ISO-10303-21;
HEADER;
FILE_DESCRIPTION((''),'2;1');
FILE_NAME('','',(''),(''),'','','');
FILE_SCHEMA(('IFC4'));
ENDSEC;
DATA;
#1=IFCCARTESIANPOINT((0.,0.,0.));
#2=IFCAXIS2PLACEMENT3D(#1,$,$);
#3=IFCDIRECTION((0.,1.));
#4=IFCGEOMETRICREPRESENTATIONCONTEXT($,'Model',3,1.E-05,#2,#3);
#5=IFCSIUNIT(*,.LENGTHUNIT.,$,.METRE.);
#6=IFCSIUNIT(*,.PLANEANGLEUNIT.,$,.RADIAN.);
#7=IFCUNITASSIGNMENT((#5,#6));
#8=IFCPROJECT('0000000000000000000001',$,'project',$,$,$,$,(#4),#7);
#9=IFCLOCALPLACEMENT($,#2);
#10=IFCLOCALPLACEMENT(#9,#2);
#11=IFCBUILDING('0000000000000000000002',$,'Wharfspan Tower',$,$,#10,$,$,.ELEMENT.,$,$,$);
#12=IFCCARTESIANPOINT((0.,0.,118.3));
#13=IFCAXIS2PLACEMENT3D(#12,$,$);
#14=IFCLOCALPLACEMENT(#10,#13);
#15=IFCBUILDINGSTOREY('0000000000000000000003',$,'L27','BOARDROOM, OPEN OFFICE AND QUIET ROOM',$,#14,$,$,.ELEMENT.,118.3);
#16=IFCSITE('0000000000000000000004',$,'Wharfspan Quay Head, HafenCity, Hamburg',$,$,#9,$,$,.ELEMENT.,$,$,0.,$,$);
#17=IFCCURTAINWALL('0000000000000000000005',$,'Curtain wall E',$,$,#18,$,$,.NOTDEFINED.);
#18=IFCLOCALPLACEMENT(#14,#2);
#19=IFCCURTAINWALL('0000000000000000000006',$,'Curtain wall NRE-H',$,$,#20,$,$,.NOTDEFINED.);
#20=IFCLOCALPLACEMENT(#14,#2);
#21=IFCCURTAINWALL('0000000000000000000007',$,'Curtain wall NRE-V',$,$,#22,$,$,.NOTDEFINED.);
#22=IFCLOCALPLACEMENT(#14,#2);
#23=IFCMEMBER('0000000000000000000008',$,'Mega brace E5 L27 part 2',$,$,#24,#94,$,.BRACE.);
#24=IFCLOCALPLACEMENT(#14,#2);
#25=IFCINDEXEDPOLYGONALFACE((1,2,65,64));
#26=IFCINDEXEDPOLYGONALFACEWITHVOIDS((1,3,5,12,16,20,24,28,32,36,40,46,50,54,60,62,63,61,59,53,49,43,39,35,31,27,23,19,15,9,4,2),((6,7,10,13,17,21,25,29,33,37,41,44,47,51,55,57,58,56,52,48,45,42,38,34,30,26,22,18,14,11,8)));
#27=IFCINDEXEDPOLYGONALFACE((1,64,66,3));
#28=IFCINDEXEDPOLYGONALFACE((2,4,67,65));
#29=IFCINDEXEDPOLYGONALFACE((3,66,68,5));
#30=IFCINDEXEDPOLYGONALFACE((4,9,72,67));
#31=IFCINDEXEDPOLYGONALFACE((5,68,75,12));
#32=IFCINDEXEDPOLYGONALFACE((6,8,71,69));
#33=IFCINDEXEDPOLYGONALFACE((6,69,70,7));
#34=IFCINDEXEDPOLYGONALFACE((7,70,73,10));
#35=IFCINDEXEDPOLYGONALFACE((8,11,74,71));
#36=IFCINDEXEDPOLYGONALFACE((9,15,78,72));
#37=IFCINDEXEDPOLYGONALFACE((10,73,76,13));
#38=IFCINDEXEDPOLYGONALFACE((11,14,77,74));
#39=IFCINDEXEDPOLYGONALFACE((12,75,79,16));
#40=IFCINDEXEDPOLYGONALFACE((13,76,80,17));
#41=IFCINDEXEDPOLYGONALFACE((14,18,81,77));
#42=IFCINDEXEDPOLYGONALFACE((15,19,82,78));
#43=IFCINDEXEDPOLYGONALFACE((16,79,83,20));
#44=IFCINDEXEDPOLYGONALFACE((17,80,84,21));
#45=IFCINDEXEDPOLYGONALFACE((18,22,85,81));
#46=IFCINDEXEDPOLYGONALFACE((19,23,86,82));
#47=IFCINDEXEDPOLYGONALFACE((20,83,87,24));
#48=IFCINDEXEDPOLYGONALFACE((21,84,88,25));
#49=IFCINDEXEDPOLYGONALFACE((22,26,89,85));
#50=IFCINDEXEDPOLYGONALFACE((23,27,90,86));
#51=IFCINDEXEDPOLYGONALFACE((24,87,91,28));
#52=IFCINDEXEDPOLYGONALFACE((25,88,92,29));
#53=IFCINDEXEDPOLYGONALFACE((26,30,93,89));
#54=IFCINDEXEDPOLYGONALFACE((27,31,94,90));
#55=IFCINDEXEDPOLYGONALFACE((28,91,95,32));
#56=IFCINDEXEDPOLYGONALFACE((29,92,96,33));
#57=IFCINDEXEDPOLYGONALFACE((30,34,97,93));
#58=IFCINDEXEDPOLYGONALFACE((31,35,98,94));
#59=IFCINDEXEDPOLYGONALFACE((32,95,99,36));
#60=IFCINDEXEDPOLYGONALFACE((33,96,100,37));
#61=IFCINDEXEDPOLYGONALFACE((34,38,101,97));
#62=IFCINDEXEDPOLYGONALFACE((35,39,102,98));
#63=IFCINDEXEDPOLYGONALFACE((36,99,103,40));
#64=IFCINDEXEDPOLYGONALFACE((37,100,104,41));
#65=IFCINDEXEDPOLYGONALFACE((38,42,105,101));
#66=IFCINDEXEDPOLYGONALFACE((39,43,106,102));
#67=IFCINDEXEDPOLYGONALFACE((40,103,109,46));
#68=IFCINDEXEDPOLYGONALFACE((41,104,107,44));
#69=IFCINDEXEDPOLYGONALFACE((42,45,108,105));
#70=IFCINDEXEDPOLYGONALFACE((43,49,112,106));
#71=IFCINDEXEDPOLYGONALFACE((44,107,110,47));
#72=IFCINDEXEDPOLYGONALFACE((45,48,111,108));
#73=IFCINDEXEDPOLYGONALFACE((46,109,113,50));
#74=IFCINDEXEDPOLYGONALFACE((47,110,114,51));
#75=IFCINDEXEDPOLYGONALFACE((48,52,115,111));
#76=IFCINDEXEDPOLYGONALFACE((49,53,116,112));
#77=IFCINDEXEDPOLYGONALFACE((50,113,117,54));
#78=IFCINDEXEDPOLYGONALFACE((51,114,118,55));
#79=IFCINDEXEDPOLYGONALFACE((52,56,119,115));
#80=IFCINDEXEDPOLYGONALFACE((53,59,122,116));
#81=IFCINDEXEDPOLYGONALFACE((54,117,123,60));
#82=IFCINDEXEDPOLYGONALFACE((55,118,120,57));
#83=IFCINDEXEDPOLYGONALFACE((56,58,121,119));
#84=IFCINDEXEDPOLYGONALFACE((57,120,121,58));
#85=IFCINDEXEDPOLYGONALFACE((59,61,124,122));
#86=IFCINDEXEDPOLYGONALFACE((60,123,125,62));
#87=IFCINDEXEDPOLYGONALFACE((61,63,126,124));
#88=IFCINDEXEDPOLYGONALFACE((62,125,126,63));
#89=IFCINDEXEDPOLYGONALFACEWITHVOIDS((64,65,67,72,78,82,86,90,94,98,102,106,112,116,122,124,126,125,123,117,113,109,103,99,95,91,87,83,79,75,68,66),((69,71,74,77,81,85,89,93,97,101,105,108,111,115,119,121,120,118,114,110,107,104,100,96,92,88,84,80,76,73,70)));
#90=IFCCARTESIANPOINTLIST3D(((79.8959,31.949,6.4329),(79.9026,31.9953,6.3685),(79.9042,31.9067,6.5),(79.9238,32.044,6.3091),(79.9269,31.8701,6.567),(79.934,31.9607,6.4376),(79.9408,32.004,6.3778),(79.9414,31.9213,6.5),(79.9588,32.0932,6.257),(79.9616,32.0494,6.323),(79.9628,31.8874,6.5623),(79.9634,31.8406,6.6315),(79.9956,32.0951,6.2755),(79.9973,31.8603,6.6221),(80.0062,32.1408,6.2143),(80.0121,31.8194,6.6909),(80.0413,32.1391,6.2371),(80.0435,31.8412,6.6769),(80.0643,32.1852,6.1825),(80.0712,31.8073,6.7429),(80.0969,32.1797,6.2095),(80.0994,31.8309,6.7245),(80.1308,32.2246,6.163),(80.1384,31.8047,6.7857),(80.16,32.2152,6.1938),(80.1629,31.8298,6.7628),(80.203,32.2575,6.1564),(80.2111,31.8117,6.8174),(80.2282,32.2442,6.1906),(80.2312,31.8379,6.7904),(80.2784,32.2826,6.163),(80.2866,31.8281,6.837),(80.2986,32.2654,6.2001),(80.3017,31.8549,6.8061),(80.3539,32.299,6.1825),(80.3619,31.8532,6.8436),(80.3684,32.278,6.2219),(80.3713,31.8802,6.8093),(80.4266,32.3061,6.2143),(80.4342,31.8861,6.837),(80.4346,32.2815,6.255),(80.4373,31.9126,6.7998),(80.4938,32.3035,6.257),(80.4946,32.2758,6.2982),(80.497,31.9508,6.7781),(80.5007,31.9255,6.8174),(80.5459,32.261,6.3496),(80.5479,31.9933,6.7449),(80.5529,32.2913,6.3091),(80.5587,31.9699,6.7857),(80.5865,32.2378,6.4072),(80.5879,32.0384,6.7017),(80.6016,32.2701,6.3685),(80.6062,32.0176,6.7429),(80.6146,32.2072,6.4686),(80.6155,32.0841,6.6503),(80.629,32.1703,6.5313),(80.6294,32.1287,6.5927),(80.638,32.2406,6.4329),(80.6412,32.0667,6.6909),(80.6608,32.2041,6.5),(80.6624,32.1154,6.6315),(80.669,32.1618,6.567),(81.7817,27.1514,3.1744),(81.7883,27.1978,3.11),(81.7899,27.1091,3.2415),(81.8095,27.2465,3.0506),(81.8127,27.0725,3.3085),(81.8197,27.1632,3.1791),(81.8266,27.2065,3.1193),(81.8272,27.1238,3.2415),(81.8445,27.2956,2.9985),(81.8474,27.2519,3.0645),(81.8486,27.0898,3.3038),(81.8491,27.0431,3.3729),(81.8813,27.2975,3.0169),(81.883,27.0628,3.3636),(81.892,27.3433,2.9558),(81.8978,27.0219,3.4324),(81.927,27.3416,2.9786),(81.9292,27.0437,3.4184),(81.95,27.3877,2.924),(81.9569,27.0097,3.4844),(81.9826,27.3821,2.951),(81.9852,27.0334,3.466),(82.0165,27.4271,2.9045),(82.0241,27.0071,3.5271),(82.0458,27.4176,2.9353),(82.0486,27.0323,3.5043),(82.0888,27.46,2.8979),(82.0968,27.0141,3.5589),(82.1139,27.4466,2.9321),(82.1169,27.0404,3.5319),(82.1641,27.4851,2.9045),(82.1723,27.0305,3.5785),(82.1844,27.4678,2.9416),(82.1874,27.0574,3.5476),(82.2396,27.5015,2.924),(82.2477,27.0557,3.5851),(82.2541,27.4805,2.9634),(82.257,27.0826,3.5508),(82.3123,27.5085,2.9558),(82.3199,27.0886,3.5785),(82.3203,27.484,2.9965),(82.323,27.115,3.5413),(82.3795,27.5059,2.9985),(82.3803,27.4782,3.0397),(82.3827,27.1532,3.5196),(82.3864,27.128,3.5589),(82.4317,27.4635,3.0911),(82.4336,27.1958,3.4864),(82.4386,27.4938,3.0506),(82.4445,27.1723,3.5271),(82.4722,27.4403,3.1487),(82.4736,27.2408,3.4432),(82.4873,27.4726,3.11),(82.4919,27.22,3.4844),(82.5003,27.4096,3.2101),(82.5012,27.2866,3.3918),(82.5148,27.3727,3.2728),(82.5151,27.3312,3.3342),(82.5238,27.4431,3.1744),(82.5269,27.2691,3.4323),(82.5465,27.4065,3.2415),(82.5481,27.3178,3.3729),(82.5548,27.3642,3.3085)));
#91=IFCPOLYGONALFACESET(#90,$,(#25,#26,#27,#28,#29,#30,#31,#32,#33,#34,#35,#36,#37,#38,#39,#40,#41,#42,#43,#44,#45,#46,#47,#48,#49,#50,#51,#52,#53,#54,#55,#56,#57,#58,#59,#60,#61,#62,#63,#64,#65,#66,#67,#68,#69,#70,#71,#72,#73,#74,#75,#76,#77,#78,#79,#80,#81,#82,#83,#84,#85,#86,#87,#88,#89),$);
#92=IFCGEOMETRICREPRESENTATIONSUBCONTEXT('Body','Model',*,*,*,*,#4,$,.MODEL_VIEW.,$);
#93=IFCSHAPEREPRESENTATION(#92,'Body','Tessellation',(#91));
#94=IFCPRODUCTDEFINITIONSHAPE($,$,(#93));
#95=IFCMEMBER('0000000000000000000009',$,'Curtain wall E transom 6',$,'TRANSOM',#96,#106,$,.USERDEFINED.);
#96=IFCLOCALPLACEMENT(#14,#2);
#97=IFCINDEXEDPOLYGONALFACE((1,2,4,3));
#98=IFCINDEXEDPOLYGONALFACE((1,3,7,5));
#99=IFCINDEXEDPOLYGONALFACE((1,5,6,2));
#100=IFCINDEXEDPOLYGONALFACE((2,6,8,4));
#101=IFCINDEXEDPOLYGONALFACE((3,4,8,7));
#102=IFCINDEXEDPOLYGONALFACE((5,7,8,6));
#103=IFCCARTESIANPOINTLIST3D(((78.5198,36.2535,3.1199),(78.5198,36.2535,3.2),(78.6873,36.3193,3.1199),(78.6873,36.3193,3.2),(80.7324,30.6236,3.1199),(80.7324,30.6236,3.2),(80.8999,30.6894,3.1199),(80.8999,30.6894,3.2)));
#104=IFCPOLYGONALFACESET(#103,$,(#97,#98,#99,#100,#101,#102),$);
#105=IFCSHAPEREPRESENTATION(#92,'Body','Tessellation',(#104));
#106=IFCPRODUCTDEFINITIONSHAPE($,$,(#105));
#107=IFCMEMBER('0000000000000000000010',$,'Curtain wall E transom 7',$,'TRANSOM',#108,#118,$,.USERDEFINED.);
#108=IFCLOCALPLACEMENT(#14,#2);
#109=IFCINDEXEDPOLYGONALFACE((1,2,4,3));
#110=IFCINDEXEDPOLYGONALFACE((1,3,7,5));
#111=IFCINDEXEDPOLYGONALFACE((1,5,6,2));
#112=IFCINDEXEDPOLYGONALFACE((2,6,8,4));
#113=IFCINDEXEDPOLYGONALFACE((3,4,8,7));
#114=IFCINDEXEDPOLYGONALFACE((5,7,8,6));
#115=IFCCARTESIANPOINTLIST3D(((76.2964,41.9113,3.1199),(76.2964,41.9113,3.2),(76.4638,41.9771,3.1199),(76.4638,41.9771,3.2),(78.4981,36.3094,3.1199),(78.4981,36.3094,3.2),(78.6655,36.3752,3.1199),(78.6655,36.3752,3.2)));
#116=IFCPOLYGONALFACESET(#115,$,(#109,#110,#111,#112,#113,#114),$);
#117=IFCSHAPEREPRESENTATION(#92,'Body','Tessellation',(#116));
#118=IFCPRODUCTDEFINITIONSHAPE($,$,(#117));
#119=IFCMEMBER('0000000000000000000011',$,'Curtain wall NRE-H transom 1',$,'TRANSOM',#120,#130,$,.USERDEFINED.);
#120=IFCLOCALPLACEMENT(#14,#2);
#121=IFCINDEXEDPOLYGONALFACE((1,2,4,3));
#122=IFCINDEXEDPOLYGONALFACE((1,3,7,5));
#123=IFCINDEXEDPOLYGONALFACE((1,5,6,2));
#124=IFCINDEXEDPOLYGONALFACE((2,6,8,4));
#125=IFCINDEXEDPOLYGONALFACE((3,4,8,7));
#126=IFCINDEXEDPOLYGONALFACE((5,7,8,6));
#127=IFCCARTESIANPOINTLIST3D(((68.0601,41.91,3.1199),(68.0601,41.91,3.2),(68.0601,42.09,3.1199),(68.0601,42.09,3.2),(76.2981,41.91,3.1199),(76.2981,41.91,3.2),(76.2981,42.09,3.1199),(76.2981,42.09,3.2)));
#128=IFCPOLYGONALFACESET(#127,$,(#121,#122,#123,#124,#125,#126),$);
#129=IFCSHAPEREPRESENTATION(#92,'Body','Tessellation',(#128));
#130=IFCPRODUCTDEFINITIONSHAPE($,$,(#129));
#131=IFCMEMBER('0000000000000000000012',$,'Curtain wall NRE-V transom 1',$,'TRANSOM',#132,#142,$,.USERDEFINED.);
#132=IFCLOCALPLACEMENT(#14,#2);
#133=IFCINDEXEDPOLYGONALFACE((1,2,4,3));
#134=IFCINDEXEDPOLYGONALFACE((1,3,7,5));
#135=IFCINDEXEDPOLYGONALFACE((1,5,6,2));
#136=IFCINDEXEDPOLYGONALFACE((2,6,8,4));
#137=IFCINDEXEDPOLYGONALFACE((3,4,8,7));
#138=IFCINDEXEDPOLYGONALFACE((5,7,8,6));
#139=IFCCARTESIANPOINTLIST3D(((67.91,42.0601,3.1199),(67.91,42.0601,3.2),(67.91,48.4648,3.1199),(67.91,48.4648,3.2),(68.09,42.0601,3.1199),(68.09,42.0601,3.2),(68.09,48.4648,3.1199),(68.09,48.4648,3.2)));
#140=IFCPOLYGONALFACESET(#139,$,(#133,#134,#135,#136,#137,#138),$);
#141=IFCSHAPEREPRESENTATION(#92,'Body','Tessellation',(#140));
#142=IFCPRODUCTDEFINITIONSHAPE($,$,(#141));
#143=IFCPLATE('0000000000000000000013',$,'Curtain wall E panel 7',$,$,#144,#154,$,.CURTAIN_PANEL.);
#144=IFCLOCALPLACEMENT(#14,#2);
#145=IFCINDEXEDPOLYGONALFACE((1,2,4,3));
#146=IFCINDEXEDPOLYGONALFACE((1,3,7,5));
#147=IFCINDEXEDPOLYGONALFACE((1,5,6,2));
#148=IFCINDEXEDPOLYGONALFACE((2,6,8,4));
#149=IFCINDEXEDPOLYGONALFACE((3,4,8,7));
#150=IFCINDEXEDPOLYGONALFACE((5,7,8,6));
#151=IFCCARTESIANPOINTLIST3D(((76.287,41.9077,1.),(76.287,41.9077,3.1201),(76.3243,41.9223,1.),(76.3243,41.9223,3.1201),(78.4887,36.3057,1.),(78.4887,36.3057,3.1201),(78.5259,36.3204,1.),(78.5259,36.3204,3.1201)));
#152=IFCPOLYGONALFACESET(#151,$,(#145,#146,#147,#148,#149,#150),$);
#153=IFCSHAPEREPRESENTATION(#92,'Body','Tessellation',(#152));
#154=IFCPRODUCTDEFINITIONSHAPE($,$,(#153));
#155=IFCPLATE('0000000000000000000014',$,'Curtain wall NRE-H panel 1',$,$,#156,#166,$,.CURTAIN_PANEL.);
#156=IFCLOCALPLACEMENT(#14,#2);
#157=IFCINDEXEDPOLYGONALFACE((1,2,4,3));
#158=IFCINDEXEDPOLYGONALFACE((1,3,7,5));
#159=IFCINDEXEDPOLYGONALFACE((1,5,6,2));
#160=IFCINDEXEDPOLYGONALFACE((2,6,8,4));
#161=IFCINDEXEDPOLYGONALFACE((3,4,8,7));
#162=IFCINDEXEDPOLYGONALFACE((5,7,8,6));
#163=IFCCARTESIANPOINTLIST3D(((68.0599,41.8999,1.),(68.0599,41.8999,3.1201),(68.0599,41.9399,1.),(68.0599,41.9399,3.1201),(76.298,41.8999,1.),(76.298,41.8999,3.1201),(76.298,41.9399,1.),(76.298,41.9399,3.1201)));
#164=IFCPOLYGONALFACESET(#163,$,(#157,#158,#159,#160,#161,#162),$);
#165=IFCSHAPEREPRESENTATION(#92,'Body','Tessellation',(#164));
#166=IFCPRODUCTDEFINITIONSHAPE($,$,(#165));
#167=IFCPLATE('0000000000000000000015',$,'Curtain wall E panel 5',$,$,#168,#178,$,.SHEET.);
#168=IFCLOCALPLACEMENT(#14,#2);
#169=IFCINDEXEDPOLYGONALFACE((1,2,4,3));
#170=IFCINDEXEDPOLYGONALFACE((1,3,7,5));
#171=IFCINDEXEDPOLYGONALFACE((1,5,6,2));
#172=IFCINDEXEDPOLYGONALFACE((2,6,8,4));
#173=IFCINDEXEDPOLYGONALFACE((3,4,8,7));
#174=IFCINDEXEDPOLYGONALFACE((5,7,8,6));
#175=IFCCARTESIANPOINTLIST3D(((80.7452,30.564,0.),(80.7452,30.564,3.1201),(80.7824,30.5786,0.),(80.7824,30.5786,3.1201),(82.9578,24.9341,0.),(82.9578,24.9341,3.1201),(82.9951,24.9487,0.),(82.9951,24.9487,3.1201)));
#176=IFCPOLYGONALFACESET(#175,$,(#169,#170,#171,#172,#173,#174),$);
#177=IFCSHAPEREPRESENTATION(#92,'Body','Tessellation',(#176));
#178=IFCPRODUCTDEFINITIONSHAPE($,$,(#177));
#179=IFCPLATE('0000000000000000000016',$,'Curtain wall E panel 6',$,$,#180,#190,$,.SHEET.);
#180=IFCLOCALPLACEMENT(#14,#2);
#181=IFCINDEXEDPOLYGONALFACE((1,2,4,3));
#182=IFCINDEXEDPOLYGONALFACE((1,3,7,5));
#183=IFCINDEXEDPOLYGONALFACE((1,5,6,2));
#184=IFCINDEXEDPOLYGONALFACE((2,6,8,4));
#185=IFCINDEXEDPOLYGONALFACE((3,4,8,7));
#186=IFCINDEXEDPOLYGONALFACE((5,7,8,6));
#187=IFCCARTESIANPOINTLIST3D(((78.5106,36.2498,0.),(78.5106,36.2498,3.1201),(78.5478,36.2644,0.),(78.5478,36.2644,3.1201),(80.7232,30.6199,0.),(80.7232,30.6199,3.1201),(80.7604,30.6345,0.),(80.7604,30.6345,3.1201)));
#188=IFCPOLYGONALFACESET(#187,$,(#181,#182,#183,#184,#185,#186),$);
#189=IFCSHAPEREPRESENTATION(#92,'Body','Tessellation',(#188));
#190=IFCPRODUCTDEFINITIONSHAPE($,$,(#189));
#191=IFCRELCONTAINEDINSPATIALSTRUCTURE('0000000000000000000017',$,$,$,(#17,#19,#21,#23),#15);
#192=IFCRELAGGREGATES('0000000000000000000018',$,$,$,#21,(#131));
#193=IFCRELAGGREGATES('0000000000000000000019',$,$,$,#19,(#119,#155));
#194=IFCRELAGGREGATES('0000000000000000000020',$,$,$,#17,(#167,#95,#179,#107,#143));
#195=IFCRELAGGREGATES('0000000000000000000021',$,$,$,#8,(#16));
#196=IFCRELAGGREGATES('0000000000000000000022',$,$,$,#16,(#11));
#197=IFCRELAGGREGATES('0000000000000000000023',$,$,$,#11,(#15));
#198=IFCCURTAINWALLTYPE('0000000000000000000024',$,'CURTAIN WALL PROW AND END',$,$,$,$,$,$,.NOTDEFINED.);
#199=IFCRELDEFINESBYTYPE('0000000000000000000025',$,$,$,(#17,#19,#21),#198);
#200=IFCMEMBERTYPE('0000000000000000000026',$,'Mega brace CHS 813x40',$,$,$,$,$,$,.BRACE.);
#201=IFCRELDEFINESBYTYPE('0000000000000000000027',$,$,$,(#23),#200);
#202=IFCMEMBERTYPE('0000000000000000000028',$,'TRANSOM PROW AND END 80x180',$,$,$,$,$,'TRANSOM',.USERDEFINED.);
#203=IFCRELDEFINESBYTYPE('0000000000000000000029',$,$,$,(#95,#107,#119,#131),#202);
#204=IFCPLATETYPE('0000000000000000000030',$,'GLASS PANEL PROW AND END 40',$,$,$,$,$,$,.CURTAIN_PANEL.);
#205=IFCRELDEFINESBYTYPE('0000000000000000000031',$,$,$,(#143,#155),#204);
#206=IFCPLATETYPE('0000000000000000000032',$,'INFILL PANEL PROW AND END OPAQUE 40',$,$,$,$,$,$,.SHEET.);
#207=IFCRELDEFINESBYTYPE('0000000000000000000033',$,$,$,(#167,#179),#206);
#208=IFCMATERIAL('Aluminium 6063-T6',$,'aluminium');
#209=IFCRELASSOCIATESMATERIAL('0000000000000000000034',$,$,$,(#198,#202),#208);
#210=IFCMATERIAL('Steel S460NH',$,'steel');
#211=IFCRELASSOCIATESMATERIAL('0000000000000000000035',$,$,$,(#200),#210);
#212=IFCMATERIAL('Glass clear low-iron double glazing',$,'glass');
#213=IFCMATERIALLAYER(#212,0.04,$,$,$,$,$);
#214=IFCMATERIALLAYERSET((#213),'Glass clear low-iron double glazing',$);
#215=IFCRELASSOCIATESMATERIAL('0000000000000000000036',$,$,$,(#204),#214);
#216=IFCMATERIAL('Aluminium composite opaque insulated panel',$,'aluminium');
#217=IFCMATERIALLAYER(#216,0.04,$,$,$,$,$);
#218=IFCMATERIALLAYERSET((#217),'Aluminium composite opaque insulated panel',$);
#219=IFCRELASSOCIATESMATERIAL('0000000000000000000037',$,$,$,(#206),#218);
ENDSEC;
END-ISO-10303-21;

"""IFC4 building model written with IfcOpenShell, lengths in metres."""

from ifc_helpers import new_model, si_unit, direction, frame, origin, origin_2d, place, context, subcontext, project, spatial, rectangle, hollow_circle, extrude, material, layer, layer_set, material_profile, profile_set, type_object, element, aggregate, save


model = new_model("IFC4")

# Units and contexts
model_context = context("Model", 3, precision=1e-05, world=origin(), true_north=direction((0.0, 1.0)))
body_context = subcontext(model_context, "Body", "Model", "MODEL_VIEW")
ifc_project = project(units=[si_unit("LENGTHUNIT", "METRE"), si_unit("PLANEANGLEUNIT", "RADIAN")], contexts=[model_context])

# Site, building, storey
site_placement = place(None, origin())
site = spatial("IfcSite", under=ifc_project, at=site_placement, Name="Wharfspan Quay Head, HafenCity, Hamburg", CompositionType="ELEMENT", RefElevation=0.0)
building_placement = place(site_placement, origin())
building = spatial("IfcBuilding", under=site, at=building_placement, Name="Wharfspan Tower", CompositionType="ELEMENT")
storey_placement = place(building_placement, frame((0.0, 0.0, 118.3)))
storey = spatial("IfcBuildingStorey", under=building, at=storey_placement, Name="L27", Description="BOARDROOM, OPEN OFFICE AND QUIET ROOM", CompositionType="ELEMENT", Elevation=118.3)

# Curtain walls
ifc_material_1 = material(Name="Aluminium 6063-T6", Category="aluminium")
curtain_wall_type = type_object("IfcCurtainWallType", Name="CURTAIN WALL PROW AND END", PredefinedType="NOTDEFINED", material=ifc_material_1)
curtain_wall_1_placement = place(storey_placement, origin())
curtain_wall_1 = element("IfcCurtainWall", 1, at=curtain_wall_1_placement, inside=storey, type_object=curtain_wall_type, Name="Curtain wall E", PredefinedType="NOTDEFINED")
curtain_wall_2_placement = place(storey_placement, origin())
curtain_wall_2 = element("IfcCurtainWall", 2, at=curtain_wall_2_placement, inside=storey, type_object=curtain_wall_type, Name="Curtain wall NRE-H", PredefinedType="NOTDEFINED")
curtain_wall_3_placement = place(storey_placement, origin())
curtain_wall_3 = element("IfcCurtainWall", 3, at=curtain_wall_3_placement, inside=storey, type_object=curtain_wall_type, Name="Curtain wall NRE-V", PredefinedType="NOTDEFINED")

# Members
ifc_material_2 = material(Name="Steel S460NH", Category="steel")
ifc_material_profile_1 = material_profile(ifc_material_2, hollow_circle(Radius=0.4065, WallThickness=0.04, at=origin_2d()))
ifc_profile_set_1 = profile_set([ifc_material_profile_1], Name="Steel S460NH")
member_type_1 = type_object("IfcMemberType", Name="Mega brace CHS 813x40", PredefinedType="BRACE", material=ifc_profile_set_1)
member_1_placement = place(storey_placement, frame((82.1682, 27.2578, 3.2415), z_axis=(-0.309216, 0.786692, 0.534323), x_axis=(-0.93069, -0.365817, 0.000002)))
element("IfcMember", 4, at=member_1_placement, inside=storey, type_object=member_type_1, Name="Mega brace E5 L27 part 2", PredefinedType="BRACE", context=body_context, shape_type="SweptSolid", body=[
    extrude(hollow_circle(Radius=0.4065, WallThickness=0.04, at=origin_2d()), origin(), (0.0, 0.0, 1.0), 6.0984),
])
ifc_material_profile_2 = material_profile(ifc_material_1, rectangle(XDim=0.1799, YDim=0.0801, at=origin_2d()))
ifc_profile_set_2 = profile_set([ifc_material_profile_2], Name="Aluminium 6063-T6")
member_type_2 = type_object("IfcMemberType", Name="TRANSOM PROW AND END 80x180", ElementType="TRANSOM", PredefinedType="USERDEFINED", material=ifc_profile_set_2)
member_2_placement = place(storey_placement, frame((80.8162, 30.6565, 3.1599), z_axis=(-0.365782, 0.9307, 0.0), x_axis=(-0.9307, -0.365782, 0.0)))
member_2 = element("IfcMember", 5, at=member_2_placement, type_object=member_type_2, Name="Curtain wall E transom 6", ObjectType="TRANSOM", PredefinedType="USERDEFINED", context=body_context, shape_type="SweptSolid", body=[
    extrude(rectangle(XDim=0.1799, YDim=0.0801, at=origin_2d()), origin(), (0.0, 0.0, 1.0), 6.0491),
])
member_3_placement = place(storey_placement, frame((78.5818, 36.3423, 3.1599), z_axis=(-0.365789, 0.930698, 0.0), x_axis=(-0.930698, -0.365789, 0.0)))
member_3 = element("IfcMember", 6, at=member_3_placement, type_object=member_type_2, Name="Curtain wall E transom 7", ObjectType="TRANSOM", PredefinedType="USERDEFINED", context=body_context, shape_type="SweptSolid", body=[
    extrude(rectangle(XDim=0.1799, YDim=0.0801, at=origin_2d()), origin(), (0.0, 0.0, 1.0), 6.019),
])
member_4_placement = place(storey_placement, frame((76.2981, 42.0, 3.1599), z_axis=(-1.0, 0.0, 0.0), x_axis=(0.0, -1.0, 0.0)))
member_4 = element("IfcMember", 7, at=member_4_placement, type_object=member_type_2, Name="Curtain wall NRE-H transom 1", ObjectType="TRANSOM", PredefinedType="USERDEFINED", context=body_context, shape_type="SweptSolid", body=[
    extrude(rectangle(XDim=0.1799, YDim=0.0801, at=origin_2d()), origin(), (0.0, 0.0, 1.0), 8.238),
])
member_5_placement = place(storey_placement, frame((68.0, 42.0601, 3.1599), z_axis=(0.0, 1.0, 0.0), x_axis=(-1.0, 0.0, 0.0)))
member_5 = element("IfcMember", 8, at=member_5_placement, type_object=member_type_2, Name="Curtain wall NRE-V transom 1", ObjectType="TRANSOM", PredefinedType="USERDEFINED", context=body_context, shape_type="SweptSolid", body=[
    extrude(rectangle(XDim=0.1799, YDim=0.0801, at=origin_2d()), origin(), (0.0, 0.0, 1.0), 6.4048),
])
aggregate(curtain_wall_3, [member_5])

# Plates
ifc_material_3 = material(Name="Glass clear low-iron double glazing", Category="glass")
ifc_layer_1 = layer(ifc_material_3, 0.04)
ifc_layer_set_1 = layer_set([ifc_layer_1], Name="Glass clear low-iron double glazing")
plate_type_1 = type_object("IfcPlateType", Name="GLASS PANEL PROW AND END 40", PredefinedType="CURTAIN_PANEL", material=ifc_layer_set_1)
plate_1_placement = place(storey_placement, frame((77.4065, 39.114, 1.0), z_axis=(0.0, 0.0, 1.0), x_axis=(-0.365778, 0.930702, 0.0)))
plate_1 = element("IfcPlate", 9, at=plate_1_placement, type_object=plate_type_1, Name="Curtain wall E panel 7", PredefinedType="CURTAIN_PANEL", context=body_context, shape_type="SweptSolid", body=[
    extrude(rectangle(XDim=6.019, YDim=0.04, at=origin_2d()), origin(), (0.0, 0.0, 1.0), 2.1201),
])
plate_2_placement = place(storey_placement, frame((72.179, 41.9199, 1.0), z_axis=(0.0, 0.0, 1.0), x_axis=(-1.0, 0.0, 0.0)))
plate_2 = element("IfcPlate", 10, at=plate_2_placement, type_object=plate_type_1, Name="Curtain wall NRE-H panel 1", PredefinedType="CURTAIN_PANEL", context=body_context, shape_type="SweptSolid", body=[
    extrude(rectangle(XDim=8.238, YDim=0.04, at=origin_2d()), origin(), (0.0, 0.0, 1.0), 2.1201),
])
aggregate(curtain_wall_2, [member_4, plate_2])
ifc_material_4 = material(Name="Aluminium composite opaque insulated panel", Category="aluminium")
ifc_layer_2 = layer(ifc_material_4, 0.04)
ifc_layer_set_2 = layer_set([ifc_layer_2], Name="Aluminium composite opaque insulated panel")
plate_type_2 = type_object("IfcPlateType", Name="INFILL PANEL PROW AND END OPAQUE 40", PredefinedType="SHEET", material=ifc_layer_set_2)
plate_3_placement = place(storey_placement, frame((81.8701, 27.7563, 0.0), z_axis=(0.0, 0.0, 1.0), x_axis=(-0.365778, 0.930702, 0.0)))
plate_3 = element("IfcPlate", 11, at=plate_3_placement, type_object=plate_type_2, Name="Curtain wall E panel 5", PredefinedType="SHEET", context=body_context, shape_type="SweptSolid", body=[
    extrude(rectangle(XDim=6.0491, YDim=0.04, at=origin_2d()), origin(), (0.0, 0.0, 1.0), 3.1201),
])
plate_4_placement = place(storey_placement, frame((79.6355, 33.4421, 0.0), z_axis=(0.0, 0.0, 1.0), x_axis=(-0.365778, 0.930702, 0.0)))
plate_4 = element("IfcPlate", 12, at=plate_4_placement, type_object=plate_type_2, Name="Curtain wall E panel 6", PredefinedType="SHEET", context=body_context, shape_type="SweptSolid", body=[
    extrude(rectangle(XDim=6.0491, YDim=0.04, at=origin_2d()), origin(), (0.0, 0.0, 1.0), 3.1201),
])
aggregate(curtain_wall_1, [plate_3, member_2, plate_4, member_3, plate_1])

save(model, "model.ifc")
